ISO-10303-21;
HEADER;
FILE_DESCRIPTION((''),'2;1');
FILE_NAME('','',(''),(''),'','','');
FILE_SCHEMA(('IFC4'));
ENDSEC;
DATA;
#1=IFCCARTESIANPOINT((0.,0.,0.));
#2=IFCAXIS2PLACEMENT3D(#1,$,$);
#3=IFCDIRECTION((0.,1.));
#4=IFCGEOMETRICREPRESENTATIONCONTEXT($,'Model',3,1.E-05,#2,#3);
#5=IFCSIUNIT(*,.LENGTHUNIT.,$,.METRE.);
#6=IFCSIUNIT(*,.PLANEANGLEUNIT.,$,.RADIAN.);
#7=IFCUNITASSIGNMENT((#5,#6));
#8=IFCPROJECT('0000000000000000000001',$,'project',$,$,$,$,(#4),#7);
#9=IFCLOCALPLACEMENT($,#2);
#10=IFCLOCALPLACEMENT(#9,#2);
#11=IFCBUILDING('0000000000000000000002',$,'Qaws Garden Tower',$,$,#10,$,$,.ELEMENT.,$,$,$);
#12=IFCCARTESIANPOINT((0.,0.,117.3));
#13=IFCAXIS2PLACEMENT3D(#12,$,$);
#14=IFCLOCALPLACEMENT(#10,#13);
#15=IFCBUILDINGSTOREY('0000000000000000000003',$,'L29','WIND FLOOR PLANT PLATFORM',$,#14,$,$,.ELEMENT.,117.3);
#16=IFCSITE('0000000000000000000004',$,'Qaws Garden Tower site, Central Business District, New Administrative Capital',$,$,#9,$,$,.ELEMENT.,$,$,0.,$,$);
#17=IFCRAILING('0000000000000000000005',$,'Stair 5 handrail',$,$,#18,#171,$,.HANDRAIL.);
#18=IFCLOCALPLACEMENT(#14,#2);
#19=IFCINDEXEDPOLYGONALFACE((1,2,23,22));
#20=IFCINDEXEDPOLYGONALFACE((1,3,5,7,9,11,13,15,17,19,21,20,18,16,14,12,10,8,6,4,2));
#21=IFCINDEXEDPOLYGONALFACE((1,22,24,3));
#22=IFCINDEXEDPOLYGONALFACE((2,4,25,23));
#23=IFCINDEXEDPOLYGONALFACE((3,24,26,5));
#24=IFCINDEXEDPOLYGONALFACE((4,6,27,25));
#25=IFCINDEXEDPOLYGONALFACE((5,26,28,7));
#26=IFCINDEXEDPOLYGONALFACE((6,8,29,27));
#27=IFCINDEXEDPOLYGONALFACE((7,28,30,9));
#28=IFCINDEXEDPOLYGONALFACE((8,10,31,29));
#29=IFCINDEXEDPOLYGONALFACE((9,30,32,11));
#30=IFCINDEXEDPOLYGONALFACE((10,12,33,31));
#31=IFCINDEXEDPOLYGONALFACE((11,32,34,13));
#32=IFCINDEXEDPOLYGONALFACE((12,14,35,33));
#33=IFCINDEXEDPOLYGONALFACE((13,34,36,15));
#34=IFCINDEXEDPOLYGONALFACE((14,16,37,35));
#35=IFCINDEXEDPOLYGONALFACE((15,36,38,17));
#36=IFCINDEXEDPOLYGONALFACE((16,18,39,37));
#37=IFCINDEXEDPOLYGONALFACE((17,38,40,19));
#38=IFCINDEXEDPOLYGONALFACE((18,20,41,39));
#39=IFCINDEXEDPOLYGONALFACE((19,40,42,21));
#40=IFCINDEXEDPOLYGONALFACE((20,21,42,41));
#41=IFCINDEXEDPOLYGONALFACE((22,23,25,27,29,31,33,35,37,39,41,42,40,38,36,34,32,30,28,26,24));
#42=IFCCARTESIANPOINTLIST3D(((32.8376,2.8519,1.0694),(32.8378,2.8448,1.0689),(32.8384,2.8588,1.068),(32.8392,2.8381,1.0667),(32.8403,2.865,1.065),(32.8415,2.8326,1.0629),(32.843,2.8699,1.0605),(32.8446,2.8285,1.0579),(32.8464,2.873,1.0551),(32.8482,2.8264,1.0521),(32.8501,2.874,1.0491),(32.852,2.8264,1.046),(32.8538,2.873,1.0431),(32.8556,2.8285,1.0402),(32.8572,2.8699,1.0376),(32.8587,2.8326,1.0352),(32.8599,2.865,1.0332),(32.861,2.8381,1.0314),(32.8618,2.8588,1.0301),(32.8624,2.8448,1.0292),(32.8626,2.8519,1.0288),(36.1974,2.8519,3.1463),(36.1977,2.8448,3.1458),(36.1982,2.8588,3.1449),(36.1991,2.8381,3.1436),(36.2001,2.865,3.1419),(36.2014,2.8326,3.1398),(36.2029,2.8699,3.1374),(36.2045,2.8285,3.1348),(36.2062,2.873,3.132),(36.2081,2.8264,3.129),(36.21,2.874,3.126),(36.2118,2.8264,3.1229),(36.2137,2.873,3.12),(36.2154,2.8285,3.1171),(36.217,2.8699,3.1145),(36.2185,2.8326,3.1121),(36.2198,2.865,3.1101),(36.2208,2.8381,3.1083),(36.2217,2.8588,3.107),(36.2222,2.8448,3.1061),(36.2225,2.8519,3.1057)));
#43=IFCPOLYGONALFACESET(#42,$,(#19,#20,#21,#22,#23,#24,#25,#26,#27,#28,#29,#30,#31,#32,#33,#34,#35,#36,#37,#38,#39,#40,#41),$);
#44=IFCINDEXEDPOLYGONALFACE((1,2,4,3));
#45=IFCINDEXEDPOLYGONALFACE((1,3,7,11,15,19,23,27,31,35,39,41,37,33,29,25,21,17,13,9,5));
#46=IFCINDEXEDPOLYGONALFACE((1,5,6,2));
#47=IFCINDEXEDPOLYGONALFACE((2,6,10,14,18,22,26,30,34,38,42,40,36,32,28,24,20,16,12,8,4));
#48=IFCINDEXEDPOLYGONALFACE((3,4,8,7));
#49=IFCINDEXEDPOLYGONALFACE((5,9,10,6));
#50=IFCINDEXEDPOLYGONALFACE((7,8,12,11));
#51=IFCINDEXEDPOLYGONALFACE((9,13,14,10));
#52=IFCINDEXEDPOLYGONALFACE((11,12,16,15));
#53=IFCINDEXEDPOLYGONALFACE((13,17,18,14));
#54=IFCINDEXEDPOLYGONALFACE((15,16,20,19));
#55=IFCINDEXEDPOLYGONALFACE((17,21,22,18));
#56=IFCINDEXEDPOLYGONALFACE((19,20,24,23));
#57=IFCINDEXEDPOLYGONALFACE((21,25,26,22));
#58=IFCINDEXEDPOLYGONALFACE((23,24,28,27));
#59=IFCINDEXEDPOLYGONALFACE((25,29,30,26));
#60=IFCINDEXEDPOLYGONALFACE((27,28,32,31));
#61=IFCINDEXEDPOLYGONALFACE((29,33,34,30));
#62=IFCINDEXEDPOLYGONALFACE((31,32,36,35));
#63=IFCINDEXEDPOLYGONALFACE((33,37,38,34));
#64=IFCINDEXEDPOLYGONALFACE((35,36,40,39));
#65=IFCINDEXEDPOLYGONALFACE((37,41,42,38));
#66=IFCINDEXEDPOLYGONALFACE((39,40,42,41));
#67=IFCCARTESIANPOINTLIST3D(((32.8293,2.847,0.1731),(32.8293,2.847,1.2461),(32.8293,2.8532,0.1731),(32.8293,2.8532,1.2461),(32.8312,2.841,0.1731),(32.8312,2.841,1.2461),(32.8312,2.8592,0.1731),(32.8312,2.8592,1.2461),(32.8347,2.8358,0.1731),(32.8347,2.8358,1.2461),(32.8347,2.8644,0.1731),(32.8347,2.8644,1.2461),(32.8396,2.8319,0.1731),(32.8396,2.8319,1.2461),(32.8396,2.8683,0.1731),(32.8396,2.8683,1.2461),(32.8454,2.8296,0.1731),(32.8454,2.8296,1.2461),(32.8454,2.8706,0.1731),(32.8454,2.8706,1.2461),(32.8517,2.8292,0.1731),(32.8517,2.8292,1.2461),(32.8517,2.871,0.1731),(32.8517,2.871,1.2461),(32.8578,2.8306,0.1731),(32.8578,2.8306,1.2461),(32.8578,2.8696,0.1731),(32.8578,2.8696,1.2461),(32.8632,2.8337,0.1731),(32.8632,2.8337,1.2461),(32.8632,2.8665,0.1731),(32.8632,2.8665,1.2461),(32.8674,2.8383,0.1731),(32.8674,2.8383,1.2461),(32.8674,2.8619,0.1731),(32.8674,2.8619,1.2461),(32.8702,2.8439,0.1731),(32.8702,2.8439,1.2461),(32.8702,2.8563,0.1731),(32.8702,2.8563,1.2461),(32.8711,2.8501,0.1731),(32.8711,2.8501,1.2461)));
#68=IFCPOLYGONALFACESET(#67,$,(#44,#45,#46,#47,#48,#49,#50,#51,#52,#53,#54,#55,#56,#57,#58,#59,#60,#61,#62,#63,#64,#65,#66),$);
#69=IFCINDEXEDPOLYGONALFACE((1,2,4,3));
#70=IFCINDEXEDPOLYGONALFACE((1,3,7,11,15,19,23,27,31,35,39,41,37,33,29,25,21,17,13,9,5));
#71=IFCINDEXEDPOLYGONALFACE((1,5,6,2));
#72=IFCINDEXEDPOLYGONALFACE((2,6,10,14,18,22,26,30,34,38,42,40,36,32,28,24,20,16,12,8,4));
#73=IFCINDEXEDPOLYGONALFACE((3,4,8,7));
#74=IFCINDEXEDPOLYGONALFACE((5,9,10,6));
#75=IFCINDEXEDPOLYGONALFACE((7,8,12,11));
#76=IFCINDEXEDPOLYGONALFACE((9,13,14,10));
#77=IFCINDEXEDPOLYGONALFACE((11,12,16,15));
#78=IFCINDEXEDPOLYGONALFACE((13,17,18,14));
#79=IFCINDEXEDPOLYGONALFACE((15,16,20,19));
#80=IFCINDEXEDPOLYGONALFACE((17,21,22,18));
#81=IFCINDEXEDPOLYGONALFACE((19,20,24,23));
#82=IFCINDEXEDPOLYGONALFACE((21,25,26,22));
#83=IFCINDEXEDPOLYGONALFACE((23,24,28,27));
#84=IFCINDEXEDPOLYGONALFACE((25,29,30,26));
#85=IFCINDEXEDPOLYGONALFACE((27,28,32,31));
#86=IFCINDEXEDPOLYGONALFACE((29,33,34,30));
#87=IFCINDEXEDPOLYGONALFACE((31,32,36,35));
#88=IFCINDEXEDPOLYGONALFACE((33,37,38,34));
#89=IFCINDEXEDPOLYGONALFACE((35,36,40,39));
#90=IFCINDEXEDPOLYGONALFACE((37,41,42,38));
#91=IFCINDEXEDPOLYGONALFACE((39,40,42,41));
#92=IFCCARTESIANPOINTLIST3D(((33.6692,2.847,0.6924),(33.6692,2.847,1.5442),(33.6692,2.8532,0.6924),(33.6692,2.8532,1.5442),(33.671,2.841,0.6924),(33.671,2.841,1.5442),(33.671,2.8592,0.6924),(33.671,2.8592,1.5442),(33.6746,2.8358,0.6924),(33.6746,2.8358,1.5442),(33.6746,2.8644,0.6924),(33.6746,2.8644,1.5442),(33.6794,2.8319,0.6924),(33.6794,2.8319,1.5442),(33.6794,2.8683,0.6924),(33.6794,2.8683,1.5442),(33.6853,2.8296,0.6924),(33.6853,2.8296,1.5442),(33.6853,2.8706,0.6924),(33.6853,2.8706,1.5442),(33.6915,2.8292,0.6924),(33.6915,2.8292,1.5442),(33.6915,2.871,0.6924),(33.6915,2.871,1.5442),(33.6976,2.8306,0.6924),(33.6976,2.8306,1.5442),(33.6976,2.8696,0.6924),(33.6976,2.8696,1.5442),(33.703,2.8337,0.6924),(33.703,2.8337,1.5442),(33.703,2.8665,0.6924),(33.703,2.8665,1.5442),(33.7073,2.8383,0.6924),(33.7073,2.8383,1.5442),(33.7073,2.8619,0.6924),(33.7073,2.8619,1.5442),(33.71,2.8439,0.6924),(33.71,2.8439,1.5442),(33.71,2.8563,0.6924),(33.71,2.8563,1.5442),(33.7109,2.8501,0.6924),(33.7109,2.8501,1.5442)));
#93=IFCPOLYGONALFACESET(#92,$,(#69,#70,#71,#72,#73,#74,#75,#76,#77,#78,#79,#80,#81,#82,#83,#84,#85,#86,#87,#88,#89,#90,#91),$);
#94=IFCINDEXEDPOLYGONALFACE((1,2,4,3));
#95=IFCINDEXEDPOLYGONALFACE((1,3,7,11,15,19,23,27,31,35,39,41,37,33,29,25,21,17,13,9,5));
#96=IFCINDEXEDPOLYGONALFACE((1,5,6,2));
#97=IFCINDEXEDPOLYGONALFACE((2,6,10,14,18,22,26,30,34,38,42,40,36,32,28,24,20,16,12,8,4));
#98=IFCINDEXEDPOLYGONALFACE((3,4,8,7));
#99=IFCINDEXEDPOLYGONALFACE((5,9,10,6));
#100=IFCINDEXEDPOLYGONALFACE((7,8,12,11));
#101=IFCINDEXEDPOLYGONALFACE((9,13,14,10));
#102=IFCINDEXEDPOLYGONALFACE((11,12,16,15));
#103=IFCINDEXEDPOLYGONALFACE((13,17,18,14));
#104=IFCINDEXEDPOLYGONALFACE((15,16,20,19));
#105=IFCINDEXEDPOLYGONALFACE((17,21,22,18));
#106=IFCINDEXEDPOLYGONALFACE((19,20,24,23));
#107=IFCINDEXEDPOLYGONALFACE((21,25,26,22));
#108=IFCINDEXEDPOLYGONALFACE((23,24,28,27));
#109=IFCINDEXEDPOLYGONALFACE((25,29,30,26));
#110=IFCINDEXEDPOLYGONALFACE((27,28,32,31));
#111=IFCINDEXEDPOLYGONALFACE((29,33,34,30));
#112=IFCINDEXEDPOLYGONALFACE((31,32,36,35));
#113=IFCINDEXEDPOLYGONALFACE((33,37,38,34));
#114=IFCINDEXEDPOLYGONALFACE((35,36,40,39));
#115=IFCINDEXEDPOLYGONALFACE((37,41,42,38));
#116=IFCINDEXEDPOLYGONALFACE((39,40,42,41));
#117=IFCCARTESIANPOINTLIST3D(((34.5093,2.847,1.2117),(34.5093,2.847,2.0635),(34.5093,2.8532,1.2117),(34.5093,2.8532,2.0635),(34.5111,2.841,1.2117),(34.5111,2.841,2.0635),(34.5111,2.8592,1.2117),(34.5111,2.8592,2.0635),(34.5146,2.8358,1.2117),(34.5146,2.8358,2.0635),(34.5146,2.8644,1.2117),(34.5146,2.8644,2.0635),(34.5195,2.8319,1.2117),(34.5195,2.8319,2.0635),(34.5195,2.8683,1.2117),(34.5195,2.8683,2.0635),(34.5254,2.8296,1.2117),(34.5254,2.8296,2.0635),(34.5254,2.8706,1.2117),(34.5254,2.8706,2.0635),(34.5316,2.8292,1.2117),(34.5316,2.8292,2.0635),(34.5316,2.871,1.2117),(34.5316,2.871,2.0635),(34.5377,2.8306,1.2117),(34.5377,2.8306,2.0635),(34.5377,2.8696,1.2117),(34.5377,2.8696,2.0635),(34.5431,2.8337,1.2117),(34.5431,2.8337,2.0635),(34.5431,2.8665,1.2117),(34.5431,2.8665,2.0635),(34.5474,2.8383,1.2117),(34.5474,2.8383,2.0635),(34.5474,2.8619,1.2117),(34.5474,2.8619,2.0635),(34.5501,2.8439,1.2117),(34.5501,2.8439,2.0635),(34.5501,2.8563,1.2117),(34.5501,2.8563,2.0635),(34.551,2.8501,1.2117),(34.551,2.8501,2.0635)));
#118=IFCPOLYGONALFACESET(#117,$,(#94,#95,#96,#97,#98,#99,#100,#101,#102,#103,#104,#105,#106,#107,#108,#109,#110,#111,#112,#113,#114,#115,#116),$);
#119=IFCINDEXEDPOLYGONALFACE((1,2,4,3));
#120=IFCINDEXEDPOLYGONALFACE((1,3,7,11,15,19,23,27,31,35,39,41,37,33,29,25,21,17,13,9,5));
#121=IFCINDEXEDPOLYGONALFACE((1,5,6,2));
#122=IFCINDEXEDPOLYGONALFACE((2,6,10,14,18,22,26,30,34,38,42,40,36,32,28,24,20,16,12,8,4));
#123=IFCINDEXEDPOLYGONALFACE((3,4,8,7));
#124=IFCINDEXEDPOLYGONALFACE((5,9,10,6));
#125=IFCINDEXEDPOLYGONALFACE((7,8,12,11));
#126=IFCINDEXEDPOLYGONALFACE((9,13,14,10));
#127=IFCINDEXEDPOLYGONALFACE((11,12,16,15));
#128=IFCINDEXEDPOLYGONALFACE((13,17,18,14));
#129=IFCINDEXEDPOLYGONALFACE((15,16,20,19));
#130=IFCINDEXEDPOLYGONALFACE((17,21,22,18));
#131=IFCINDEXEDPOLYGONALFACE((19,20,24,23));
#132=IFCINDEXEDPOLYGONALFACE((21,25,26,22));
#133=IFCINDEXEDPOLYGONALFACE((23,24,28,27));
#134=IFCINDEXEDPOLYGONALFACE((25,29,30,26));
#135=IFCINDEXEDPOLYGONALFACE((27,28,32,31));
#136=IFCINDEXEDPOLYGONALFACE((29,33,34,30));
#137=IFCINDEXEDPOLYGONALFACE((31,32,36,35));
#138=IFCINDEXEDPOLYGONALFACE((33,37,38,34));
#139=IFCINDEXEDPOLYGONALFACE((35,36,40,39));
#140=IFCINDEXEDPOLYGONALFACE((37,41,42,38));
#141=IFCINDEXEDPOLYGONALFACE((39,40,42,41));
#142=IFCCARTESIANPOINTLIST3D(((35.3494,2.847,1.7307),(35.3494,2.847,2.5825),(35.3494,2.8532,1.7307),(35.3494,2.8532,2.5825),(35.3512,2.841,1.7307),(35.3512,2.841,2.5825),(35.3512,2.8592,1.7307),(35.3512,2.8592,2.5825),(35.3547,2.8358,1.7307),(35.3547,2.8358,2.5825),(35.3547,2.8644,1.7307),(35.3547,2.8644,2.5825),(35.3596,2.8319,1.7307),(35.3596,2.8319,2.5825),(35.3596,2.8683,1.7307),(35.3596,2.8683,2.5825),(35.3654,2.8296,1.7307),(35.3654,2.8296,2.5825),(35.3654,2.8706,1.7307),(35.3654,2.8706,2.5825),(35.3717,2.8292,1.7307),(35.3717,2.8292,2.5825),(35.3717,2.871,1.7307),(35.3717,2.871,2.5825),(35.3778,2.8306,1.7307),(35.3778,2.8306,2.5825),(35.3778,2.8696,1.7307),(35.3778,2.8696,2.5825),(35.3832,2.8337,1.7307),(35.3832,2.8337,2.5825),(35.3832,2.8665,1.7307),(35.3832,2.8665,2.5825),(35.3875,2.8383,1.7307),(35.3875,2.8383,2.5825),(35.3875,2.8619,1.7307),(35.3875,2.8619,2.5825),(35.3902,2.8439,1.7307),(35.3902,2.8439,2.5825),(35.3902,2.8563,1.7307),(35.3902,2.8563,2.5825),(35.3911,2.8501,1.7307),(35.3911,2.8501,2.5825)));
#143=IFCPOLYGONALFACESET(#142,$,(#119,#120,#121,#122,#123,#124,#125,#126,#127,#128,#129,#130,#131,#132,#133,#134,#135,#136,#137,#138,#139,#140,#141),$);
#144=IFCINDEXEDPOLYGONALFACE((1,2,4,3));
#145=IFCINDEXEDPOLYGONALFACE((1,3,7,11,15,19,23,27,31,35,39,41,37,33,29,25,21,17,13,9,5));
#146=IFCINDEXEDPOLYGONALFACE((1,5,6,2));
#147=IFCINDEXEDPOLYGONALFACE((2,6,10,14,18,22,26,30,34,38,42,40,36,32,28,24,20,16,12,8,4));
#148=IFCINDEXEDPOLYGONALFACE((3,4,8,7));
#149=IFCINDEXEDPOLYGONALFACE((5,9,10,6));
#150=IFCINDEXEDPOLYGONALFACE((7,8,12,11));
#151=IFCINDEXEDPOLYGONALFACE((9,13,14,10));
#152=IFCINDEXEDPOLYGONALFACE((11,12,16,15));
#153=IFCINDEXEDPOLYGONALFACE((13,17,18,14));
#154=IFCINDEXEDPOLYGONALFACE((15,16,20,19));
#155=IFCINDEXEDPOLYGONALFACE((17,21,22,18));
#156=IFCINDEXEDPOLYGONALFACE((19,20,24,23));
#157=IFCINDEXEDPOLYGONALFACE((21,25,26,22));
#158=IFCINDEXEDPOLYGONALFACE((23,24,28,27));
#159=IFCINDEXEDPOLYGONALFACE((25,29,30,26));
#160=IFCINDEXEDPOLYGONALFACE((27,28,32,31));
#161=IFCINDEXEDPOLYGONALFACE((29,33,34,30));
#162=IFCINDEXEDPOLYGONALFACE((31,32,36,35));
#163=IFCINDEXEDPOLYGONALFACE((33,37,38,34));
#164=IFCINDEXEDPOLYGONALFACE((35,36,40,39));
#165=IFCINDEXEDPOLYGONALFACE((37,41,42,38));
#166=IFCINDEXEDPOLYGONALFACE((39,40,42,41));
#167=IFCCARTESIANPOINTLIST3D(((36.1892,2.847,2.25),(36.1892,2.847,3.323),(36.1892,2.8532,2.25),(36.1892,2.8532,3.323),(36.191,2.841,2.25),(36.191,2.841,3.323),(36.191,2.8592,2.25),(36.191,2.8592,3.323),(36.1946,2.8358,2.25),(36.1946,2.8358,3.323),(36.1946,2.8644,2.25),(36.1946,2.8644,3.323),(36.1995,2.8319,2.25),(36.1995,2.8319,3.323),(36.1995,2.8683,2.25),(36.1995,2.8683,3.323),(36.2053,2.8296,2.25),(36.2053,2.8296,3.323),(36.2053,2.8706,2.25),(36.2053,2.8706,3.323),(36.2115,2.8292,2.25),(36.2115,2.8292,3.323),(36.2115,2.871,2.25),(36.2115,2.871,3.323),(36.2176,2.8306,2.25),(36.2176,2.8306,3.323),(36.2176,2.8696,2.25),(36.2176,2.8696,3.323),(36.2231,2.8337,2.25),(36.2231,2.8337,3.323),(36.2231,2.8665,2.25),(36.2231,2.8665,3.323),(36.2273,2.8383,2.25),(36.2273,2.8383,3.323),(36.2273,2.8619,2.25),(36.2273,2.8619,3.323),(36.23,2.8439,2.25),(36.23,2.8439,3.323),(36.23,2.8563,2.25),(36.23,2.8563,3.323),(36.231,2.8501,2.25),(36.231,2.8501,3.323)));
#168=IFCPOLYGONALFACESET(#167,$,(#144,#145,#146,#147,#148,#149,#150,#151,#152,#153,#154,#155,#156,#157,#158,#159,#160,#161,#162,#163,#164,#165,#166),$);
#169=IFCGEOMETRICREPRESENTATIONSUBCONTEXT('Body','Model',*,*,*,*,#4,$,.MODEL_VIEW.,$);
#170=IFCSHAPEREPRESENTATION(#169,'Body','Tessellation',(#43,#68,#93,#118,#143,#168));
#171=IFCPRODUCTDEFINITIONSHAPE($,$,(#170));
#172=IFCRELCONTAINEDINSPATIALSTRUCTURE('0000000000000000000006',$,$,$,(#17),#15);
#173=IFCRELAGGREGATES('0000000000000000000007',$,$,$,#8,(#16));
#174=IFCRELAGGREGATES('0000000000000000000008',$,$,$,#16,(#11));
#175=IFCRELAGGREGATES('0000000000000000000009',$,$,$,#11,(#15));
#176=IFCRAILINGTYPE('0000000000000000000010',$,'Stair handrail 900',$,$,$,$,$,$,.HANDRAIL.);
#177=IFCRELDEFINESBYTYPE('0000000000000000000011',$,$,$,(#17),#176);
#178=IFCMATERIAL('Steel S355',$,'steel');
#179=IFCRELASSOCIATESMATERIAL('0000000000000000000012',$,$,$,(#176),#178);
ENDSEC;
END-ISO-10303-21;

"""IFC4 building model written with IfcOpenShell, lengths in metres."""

from ifc_helpers import new_model, si_unit, direction, frame, origin, origin_2d, place, context, subcontext, project, spatial, circle, extrude, material, type_object, element, save


model = new_model("IFC4")

# Units and contexts
model_context = context("Model", 3, precision=1e-05, world=origin(), true_north=direction((0.0, 1.0)))
body_context = subcontext(model_context, "Body", "Model", "MODEL_VIEW")
ifc_project = project(units=[si_unit("LENGTHUNIT", "METRE"), si_unit("PLANEANGLEUNIT", "RADIAN")], contexts=[model_context])

# Site, building, storey
site_placement = place(None, origin())
site = spatial("IfcSite", under=ifc_project, at=site_placement, Name="Qaws Garden Tower site, Central Business District, New Administrative Capital", CompositionType="ELEMENT", RefElevation=0.0)
building_placement = place(site_placement, origin())
building = spatial("IfcBuilding", under=site, at=building_placement, Name="Qaws Garden Tower", CompositionType="ELEMENT")
storey_placement = place(building_placement, frame((0.0, 0.0, 117.3)))
storey = spatial("IfcBuildingStorey", under=building, at=storey_placement, Name="L29", Description="WIND FLOOR PLANT PLATFORM", CompositionType="ELEMENT", Elevation=117.3)

# Railing
ifc_material_1 = material(Name="Steel S355", Category="steel")
railing_type_1 = type_object("IfcRailingType", Name="Stair handrail 900", PredefinedType="HANDRAIL", material=ifc_material_1)
for number, where, name in (
    (1, (32.8501, 2.8501, 0.1731), "Stair 5 handrail"),
):
    element("IfcRailing", number, at=place(storey_placement, frame(where)), inside=storey, type_object=railing_type_1, Name=name, PredefinedType="HANDRAIL", context=body_context, shape_type="SweptSolid", body=[
        extrude(circle(Radius=0.0239, at=origin_2d()), frame((0.0, 0.0, 0.876), z_axis=(0.850606, 0.0, 0.525803), x_axis=(0.0, 1.0, 0.0)), (0.0, 0.0, 1.0), 3.95),
        extrude(circle(Radius=0.021, at=origin_2d()), origin(), (0.0, 0.0, 1.0), 1.073),
        extrude(circle(Radius=0.021, at=origin_2d()), frame((0.8398, 0.0, 0.5193)), (0.0, 0.0, 1.0), 0.8518),
        extrude(circle(Radius=0.021, at=origin_2d()), frame((1.6799, 0.0, 1.0386)), (0.0, 0.0, 1.0), 0.8518),
        extrude(circle(Radius=0.021, at=origin_2d()), frame((2.52, 0.0, 1.5576)), (0.0, 0.0, 1.0), 0.8518),
        extrude(circle(Radius=0.021, at=origin_2d()), frame((3.3599, 0.0, 2.0769)), (0.0, 0.0, 1.0), 1.073),
    ])

save(model, "model.ifc")
